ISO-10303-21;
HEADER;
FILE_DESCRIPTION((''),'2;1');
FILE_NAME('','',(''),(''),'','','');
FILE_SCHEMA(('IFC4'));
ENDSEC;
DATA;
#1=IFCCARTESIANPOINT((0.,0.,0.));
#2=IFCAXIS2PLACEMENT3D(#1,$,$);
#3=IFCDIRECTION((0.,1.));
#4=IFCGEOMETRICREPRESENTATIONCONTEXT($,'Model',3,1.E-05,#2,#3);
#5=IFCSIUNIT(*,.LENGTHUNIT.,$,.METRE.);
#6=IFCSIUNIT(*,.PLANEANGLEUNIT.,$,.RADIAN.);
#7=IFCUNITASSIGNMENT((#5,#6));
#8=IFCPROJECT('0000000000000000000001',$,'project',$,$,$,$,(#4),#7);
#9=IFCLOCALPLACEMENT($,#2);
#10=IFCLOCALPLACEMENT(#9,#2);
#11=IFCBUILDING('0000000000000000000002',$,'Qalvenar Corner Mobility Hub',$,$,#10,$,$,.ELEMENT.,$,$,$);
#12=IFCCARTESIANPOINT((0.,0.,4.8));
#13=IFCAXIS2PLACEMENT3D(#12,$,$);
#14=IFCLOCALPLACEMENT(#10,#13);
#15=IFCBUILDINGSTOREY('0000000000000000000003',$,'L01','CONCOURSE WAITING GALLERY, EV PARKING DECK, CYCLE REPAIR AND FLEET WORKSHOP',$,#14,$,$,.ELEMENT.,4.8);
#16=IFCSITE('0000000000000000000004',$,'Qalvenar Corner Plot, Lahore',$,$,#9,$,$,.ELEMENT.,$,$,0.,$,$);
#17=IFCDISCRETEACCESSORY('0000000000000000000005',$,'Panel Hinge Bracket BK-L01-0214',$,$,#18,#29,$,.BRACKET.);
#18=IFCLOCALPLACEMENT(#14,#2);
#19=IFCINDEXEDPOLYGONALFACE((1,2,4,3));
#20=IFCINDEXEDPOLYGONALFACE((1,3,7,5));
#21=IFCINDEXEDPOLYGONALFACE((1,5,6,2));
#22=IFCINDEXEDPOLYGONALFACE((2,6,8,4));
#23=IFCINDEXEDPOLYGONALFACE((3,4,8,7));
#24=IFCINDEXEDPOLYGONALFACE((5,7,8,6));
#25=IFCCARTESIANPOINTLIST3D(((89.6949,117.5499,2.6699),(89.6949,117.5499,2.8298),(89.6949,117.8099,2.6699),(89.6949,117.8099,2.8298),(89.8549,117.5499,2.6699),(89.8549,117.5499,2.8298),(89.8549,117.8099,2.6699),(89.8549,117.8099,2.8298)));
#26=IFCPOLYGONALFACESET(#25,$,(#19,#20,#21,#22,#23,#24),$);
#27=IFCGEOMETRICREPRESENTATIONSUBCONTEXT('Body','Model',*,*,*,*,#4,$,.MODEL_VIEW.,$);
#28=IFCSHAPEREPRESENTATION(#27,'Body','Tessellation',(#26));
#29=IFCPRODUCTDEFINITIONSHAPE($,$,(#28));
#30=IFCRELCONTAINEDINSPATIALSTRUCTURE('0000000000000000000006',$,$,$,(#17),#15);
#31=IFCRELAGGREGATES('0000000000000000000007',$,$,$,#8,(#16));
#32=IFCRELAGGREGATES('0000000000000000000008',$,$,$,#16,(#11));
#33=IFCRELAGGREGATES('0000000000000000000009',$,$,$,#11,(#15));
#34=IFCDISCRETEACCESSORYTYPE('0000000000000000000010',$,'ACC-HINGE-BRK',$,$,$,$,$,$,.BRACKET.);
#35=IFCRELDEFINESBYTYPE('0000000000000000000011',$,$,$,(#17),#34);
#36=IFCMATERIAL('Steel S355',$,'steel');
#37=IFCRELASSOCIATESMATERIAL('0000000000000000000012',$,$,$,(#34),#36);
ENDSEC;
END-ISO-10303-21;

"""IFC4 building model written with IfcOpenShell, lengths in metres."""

from ifc_helpers import new_model, si_unit, direction, frame, origin, origin_2d, place, context, subcontext, project, spatial, rectangle, extrude, material, type_object, element, save


model = new_model("IFC4")

# Units and contexts
model_context = context("Model", 3, precision=1e-05, world=origin(), true_north=direction((0.0, 1.0)))
body_context = subcontext(model_context, "Body", "Model", "MODEL_VIEW")
ifc_project = project(units=[si_unit("LENGTHUNIT", "METRE"), si_unit("PLANEANGLEUNIT", "RADIAN")], contexts=[model_context])

# Site, building, storey
site_placement = place(None, origin())
site = spatial("IfcSite", under=ifc_project, at=site_placement, Name="Qalvenar Corner Plot, Lahore", CompositionType="ELEMENT", RefElevation=0.0)
building_placement = place(site_placement, origin())
building = spatial("IfcBuilding", under=site, at=building_placement, Name="Qalvenar Corner Mobility Hub", CompositionType="ELEMENT")
storey_placement = place(building_placement, frame((0.0, 0.0, 4.8)))
storey = spatial("IfcBuildingStorey", under=building, at=storey_placement, Name="L01", Description="CONCOURSE WAITING GALLERY, EV PARKING DECK, CYCLE REPAIR AND FLEET WORKSHOP", CompositionType="ELEMENT", Elevation=4.8)

# Shared definitions
ifc_material = material(Name="Steel S355", Category="steel")

# Discrete accessory
discrete_accessory_type = type_object("IfcDiscreteAccessoryType", Name="ACC-HINGE-BRK", PredefinedType="BRACKET", material=ifc_material)
for number, where, z_axis, x_axis, name in (
    (1, (89.7749, 117.6799, 2.6699), (0.0, 0.0, 1.0), (-1.0, 0.0, 0.0), "Panel Hinge Bracket BK-L01-0214"),
):
    element("IfcDiscreteAccessory", number, at=place(storey_placement, frame(where, z_axis=z_axis, x_axis=x_axis)), inside=storey, type_object=discrete_accessory_type, Name=name, PredefinedType="BRACKET", context=body_context, shape_type="SweptSolid", body=[
        extrude(rectangle(XDim=0.1599, YDim=0.26, at=origin_2d()), origin(), (0.0, 0.0, 1.0), 0.1599),
    ])

save(model, "model.ifc")
